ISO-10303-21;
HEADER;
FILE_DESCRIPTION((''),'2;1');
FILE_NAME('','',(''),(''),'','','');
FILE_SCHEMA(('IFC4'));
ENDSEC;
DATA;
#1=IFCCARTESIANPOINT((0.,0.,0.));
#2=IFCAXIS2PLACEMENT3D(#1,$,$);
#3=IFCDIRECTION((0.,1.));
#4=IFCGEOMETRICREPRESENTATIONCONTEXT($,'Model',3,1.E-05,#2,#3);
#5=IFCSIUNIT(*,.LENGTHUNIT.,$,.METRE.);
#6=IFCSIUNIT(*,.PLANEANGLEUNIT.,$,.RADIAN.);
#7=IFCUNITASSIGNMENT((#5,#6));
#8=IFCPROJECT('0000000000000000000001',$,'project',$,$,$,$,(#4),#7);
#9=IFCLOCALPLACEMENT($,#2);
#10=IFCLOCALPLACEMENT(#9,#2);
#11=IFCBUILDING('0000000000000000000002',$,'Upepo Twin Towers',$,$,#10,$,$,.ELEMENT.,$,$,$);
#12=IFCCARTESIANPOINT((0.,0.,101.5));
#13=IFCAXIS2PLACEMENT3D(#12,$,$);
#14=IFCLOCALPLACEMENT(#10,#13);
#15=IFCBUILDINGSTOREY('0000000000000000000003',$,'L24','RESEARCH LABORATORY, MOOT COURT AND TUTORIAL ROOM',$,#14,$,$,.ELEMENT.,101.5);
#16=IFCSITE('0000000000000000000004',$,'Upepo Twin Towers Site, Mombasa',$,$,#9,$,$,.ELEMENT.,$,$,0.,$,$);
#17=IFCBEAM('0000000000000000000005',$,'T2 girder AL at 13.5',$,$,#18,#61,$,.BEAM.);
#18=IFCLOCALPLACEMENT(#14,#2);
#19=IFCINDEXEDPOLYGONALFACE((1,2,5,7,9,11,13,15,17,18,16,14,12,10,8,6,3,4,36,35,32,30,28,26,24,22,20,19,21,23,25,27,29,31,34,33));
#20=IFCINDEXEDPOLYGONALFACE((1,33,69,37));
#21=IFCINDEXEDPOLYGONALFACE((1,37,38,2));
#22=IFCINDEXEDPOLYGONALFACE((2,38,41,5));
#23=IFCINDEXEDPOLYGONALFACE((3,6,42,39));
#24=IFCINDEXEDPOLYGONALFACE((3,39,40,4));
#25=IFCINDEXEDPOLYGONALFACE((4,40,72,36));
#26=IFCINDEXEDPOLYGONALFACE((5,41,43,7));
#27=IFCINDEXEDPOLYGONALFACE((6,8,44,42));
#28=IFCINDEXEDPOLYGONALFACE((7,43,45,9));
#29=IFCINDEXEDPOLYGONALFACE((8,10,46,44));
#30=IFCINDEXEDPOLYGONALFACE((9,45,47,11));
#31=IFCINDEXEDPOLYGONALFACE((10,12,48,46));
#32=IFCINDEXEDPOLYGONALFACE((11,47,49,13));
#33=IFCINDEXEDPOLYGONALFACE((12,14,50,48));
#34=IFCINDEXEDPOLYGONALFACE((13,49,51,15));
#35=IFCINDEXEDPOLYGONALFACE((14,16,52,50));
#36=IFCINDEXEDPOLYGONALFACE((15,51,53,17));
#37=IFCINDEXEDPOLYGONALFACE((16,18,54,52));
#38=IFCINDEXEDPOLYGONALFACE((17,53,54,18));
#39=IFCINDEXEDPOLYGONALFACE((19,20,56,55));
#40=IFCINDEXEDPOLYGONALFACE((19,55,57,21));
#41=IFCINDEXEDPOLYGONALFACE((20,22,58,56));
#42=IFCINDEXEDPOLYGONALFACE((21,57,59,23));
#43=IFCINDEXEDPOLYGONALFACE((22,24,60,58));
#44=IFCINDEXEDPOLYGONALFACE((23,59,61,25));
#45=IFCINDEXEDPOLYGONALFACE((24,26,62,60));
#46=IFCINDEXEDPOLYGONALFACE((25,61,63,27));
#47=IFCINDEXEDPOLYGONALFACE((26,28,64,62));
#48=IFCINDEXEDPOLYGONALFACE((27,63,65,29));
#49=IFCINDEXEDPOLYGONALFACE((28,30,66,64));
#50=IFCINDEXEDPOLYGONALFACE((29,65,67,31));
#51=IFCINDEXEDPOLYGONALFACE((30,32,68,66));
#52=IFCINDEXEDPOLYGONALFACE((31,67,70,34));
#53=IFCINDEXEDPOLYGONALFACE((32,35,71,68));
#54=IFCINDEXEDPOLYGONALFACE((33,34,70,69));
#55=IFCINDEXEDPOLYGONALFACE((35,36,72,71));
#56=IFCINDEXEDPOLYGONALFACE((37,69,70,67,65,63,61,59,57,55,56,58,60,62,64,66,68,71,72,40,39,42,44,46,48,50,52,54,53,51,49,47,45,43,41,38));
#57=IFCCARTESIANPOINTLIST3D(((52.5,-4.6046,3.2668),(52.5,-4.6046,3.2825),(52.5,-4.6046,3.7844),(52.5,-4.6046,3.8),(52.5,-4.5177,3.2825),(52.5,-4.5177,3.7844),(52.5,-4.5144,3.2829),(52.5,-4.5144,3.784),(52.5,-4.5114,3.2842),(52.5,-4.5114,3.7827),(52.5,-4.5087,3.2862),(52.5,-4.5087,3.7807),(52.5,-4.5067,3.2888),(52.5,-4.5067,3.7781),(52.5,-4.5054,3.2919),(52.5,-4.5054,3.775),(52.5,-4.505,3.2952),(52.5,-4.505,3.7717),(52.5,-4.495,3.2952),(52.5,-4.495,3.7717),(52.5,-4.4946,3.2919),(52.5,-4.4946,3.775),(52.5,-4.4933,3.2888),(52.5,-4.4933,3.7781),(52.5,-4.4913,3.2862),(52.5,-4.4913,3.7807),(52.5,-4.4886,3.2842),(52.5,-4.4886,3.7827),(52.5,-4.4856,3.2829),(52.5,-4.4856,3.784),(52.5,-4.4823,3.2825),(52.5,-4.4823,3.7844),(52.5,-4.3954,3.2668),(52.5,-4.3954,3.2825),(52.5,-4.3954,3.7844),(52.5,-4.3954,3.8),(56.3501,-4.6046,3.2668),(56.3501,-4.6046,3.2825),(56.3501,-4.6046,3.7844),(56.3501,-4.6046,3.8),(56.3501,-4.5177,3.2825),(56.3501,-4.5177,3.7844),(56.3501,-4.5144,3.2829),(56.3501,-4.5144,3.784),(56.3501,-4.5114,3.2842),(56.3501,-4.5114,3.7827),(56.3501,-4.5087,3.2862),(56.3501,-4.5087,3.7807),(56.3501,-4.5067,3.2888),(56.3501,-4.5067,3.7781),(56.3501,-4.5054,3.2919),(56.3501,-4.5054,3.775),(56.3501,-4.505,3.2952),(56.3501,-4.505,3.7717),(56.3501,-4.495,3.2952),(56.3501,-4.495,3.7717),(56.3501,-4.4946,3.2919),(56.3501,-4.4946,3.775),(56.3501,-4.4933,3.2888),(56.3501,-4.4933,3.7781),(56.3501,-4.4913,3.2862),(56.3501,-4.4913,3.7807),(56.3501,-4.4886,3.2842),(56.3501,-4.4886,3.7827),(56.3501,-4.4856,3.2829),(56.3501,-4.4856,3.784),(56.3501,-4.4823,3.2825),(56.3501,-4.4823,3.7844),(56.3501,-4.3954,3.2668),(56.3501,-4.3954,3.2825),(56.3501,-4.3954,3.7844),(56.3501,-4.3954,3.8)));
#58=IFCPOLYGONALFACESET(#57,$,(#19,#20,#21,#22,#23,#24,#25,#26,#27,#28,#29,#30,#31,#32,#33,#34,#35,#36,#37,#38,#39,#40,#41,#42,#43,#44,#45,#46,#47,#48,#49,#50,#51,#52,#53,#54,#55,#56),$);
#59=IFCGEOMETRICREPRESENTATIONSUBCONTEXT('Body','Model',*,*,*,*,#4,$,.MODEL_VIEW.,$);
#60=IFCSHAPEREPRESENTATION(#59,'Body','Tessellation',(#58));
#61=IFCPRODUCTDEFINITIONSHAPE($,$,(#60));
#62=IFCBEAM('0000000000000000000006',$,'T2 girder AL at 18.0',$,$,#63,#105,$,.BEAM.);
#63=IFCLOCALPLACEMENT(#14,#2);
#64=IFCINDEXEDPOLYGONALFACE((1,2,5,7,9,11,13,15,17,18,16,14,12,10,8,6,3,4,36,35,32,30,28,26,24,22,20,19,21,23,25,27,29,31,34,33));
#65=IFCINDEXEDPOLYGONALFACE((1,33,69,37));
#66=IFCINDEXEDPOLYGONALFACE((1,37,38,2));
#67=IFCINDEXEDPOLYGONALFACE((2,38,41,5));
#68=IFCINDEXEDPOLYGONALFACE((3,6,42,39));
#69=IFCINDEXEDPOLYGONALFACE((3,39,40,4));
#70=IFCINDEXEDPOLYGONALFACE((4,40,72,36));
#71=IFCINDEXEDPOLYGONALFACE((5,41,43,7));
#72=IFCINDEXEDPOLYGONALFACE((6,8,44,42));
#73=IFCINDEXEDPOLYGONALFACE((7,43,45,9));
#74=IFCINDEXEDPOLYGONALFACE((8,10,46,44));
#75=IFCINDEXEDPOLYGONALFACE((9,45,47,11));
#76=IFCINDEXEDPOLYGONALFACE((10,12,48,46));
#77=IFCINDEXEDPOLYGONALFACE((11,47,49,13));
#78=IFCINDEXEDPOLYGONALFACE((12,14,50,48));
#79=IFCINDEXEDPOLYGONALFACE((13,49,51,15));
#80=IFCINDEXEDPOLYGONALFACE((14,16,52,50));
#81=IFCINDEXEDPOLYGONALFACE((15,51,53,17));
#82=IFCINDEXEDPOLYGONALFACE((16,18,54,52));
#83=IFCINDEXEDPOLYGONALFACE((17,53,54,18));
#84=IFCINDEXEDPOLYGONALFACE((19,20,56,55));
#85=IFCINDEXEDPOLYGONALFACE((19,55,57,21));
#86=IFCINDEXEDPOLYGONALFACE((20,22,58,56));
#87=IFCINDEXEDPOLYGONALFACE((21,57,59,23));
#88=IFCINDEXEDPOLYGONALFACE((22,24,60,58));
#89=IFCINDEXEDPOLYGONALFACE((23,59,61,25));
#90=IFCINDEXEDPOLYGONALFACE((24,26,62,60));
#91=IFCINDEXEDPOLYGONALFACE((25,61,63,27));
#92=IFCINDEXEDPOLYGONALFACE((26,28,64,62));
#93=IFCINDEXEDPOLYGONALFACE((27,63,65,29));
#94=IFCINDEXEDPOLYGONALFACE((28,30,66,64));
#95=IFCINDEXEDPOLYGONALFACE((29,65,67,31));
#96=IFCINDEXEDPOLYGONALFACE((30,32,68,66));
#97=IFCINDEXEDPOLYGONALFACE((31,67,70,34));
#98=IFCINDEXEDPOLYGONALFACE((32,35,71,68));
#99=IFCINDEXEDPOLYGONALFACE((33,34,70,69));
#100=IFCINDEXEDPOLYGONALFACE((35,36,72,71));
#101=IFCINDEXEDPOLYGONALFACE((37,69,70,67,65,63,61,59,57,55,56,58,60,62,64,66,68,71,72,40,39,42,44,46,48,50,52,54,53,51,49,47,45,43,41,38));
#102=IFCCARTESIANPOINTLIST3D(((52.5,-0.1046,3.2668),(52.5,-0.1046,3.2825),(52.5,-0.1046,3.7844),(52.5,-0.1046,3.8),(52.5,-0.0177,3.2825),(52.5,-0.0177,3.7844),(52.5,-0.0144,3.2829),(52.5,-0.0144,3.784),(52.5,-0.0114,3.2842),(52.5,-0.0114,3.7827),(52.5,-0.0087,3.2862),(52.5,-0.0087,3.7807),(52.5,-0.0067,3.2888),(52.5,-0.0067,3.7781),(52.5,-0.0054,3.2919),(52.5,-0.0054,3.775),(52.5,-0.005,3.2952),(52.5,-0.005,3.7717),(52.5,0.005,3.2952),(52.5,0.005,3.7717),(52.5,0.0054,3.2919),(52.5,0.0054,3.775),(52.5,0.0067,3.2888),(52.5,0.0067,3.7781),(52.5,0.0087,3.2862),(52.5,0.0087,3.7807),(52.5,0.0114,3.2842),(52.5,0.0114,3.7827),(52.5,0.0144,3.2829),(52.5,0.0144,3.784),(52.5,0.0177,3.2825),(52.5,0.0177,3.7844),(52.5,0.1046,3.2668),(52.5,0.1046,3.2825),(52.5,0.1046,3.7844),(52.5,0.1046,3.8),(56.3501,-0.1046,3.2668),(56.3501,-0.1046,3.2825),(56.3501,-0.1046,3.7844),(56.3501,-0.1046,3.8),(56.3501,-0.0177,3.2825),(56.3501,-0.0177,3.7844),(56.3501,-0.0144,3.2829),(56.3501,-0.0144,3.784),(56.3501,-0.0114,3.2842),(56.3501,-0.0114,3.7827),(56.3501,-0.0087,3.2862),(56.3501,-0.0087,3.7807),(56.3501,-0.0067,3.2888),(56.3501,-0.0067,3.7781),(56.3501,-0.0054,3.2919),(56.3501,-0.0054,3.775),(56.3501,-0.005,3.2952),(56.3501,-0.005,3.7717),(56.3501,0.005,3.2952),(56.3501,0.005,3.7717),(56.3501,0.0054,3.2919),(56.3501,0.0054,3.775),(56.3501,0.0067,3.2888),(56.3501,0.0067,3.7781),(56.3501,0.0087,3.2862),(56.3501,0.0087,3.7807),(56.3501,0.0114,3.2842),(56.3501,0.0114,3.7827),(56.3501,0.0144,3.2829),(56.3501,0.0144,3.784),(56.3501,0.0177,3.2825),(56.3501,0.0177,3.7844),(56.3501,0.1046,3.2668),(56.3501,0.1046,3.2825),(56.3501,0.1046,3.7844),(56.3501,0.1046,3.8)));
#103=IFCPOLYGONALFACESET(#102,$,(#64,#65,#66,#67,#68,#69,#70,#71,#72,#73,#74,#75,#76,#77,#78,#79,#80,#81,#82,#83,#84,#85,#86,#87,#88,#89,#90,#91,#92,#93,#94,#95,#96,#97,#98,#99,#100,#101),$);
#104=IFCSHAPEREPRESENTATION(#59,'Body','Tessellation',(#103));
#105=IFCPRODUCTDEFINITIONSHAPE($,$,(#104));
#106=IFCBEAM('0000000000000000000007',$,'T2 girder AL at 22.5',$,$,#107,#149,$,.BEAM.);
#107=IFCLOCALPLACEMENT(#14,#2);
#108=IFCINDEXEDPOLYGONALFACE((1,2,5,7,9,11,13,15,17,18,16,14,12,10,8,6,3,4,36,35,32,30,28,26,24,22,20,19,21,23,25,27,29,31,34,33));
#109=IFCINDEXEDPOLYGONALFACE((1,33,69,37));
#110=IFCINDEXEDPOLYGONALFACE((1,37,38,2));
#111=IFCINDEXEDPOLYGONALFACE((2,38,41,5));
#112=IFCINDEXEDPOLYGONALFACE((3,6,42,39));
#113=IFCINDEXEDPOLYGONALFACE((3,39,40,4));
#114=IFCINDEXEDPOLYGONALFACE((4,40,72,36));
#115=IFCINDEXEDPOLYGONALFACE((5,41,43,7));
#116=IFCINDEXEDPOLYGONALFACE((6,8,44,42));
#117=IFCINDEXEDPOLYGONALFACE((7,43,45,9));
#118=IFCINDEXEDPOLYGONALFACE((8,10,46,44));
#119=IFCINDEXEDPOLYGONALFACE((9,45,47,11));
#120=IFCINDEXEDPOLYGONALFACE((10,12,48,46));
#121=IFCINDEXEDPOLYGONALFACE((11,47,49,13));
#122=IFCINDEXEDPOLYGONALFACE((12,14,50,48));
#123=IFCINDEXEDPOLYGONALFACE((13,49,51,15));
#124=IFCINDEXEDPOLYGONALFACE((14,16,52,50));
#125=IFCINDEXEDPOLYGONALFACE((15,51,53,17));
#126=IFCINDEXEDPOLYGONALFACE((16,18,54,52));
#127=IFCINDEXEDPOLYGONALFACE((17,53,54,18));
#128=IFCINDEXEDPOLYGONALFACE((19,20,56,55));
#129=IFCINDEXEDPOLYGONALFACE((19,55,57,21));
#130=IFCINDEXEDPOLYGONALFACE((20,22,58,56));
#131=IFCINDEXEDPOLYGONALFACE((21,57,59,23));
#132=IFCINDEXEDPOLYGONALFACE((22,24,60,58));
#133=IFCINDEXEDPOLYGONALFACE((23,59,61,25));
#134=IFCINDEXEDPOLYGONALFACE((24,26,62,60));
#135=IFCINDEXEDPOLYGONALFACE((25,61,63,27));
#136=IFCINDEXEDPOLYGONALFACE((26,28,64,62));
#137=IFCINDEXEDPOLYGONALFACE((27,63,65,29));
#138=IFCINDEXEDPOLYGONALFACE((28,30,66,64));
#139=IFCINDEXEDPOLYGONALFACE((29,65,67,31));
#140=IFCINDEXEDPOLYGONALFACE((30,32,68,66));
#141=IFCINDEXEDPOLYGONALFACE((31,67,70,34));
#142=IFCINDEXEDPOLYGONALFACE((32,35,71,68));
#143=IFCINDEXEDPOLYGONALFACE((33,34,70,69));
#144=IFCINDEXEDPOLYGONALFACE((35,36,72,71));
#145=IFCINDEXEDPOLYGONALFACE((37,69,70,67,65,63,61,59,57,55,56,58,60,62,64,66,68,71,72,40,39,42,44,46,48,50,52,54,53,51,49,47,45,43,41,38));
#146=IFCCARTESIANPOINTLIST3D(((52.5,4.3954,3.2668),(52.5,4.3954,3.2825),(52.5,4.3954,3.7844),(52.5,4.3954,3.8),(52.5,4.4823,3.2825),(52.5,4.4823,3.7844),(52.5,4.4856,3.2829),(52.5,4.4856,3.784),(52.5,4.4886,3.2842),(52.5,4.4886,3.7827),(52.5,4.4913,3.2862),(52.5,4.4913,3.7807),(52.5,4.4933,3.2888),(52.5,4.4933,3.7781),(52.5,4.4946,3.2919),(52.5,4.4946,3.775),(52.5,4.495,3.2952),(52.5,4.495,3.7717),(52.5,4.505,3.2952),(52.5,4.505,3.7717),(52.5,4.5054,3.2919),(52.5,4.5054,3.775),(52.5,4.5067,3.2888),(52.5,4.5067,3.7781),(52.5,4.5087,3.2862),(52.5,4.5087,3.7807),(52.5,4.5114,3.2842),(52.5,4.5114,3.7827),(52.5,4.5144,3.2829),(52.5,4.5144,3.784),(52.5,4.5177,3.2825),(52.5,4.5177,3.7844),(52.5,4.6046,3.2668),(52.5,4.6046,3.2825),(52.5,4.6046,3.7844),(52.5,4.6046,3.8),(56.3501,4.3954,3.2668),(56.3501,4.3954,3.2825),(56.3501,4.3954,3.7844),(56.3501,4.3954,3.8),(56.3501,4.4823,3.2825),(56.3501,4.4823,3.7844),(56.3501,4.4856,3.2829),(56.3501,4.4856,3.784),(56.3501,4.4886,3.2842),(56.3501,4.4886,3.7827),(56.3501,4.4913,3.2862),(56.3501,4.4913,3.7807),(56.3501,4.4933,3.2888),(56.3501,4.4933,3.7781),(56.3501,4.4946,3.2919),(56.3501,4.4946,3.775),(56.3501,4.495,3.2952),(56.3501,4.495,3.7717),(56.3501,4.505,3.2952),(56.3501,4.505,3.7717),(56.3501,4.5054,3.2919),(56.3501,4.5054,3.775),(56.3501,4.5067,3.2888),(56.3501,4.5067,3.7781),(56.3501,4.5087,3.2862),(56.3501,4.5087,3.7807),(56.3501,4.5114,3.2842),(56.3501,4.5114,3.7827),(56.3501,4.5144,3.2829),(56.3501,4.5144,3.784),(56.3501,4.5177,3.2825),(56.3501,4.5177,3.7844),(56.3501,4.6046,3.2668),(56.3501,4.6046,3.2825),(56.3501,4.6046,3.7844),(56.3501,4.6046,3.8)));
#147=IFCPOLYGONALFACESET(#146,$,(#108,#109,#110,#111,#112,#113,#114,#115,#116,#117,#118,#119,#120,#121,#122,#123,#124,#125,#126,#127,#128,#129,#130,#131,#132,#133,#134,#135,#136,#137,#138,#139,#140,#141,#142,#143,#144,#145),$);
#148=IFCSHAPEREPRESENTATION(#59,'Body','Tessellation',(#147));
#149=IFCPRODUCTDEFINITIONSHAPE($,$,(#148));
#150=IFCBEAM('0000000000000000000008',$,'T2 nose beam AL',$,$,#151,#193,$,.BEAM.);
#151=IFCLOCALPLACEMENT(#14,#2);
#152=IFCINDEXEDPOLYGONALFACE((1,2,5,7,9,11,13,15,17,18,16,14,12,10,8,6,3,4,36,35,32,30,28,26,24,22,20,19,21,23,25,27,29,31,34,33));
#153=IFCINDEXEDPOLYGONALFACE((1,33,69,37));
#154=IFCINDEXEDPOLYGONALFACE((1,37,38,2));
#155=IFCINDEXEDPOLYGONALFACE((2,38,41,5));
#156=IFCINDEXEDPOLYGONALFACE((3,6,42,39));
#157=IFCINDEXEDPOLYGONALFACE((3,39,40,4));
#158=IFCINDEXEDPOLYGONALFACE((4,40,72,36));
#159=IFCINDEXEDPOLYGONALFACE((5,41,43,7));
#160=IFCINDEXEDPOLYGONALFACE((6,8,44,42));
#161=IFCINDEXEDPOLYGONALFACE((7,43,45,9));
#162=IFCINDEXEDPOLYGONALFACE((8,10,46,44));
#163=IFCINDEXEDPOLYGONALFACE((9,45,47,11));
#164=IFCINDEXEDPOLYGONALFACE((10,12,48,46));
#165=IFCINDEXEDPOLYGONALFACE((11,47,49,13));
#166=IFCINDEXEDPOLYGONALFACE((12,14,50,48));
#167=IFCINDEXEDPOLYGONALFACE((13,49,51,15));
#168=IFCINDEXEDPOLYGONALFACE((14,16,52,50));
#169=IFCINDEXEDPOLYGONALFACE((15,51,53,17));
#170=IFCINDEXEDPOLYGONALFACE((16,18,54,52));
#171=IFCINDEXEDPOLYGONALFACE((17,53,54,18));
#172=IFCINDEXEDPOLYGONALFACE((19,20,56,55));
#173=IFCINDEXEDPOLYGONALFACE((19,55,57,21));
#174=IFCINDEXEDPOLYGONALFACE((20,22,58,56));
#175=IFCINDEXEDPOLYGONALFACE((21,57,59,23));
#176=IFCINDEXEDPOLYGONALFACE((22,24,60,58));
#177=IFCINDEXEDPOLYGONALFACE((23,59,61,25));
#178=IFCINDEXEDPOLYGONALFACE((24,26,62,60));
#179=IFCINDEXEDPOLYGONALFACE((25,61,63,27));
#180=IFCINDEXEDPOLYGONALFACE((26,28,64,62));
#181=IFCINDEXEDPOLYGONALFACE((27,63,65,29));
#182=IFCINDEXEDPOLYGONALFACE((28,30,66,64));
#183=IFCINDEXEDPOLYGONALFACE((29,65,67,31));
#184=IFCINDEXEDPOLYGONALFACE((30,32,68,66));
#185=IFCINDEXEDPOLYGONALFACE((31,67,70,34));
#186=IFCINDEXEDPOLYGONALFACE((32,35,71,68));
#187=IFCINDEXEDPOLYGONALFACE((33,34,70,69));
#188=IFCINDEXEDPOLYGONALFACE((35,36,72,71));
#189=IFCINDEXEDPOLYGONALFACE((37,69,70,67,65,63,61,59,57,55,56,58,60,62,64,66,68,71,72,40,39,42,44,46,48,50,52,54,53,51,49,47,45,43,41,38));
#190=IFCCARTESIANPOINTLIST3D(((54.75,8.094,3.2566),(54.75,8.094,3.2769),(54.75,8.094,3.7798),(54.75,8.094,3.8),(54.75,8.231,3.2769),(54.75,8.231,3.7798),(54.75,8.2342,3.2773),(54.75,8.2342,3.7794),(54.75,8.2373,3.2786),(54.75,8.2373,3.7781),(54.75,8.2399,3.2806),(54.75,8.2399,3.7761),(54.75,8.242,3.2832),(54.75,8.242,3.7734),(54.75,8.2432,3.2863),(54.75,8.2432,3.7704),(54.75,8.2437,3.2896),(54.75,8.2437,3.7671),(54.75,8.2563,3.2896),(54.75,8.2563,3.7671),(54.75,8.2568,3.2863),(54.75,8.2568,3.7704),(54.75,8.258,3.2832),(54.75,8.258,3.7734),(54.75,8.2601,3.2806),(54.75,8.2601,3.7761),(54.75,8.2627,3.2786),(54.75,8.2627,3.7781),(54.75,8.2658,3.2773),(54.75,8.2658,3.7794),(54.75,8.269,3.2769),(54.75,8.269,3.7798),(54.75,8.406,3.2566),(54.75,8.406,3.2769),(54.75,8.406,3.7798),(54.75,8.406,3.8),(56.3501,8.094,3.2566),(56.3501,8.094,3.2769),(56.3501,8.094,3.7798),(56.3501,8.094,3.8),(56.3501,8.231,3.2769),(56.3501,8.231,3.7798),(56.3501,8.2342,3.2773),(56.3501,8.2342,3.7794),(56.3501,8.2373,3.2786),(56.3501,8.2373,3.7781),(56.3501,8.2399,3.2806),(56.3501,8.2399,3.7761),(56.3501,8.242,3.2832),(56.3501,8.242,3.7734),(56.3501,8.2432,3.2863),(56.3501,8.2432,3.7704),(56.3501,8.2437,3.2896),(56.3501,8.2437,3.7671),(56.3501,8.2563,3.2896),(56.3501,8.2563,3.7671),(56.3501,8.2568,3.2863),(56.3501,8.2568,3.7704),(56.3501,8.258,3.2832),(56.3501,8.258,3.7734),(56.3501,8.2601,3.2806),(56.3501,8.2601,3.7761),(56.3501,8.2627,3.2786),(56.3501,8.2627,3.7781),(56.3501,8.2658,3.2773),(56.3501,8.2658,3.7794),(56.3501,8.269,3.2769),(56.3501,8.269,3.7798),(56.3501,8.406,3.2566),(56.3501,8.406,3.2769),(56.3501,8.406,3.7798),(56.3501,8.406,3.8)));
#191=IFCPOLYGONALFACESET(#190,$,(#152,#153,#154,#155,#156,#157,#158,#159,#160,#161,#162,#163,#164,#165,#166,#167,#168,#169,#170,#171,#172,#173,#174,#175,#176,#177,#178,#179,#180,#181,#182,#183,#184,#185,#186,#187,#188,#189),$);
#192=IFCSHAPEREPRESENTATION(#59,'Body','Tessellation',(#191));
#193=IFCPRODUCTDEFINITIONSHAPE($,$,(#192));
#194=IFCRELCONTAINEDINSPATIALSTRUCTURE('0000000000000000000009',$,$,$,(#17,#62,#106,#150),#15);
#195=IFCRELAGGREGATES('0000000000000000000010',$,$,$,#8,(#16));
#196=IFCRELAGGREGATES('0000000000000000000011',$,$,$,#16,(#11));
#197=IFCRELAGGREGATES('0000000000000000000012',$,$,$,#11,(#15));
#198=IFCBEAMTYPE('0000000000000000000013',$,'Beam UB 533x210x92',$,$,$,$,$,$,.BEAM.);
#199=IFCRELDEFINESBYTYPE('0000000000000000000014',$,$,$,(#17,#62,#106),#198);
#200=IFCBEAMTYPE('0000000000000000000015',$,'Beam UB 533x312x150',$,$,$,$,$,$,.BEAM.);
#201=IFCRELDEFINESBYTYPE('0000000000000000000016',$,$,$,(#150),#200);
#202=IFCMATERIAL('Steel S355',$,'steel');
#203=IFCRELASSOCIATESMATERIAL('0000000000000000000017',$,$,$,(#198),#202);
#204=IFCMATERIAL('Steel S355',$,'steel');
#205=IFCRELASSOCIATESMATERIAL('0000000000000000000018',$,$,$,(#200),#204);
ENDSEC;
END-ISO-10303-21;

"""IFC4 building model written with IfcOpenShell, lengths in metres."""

from ifc_helpers import new_model, si_unit, direction, frame, origin, origin_2d, place, context, subcontext, project, spatial, i_section, extrude, material, material_profile, profile_set, type_object, element, save


model = new_model("IFC4")

# Units and contexts
model_context = context("Model", 3, precision=1e-05, world=origin(), true_north=direction((0.0, 1.0)))
body_context = subcontext(model_context, "Body", "Model", "MODEL_VIEW")
ifc_project = project(units=[si_unit("LENGTHUNIT", "METRE"), si_unit("PLANEANGLEUNIT", "RADIAN")], contexts=[model_context])

# Site, building, storey
site_placement = place(None, origin())
site = spatial("IfcSite", under=ifc_project, at=site_placement, Name="Upepo Twin Towers Site, Mombasa", CompositionType="ELEMENT", RefElevation=0.0)
building_placement = place(site_placement, origin())
building = spatial("IfcBuilding", under=site, at=building_placement, Name="Upepo Twin Towers", CompositionType="ELEMENT")
storey_placement = place(building_placement, frame((0.0, 0.0, 101.5)))
storey = spatial("IfcBuildingStorey", under=building, at=storey_placement, Name="L24", Description="RESEARCH LABORATORY, MOOT COURT AND TUTORIAL ROOM", CompositionType="ELEMENT", Elevation=101.5)

# Beams
ifc_material_1 = material(Name="Steel S355", Category="steel")
ifc_material_profile_1 = material_profile(ifc_material_1, i_section(OverallWidth=0.2092, OverallDepth=0.5332, WebThickness=0.01, FlangeThickness=0.0156, FilletRadius=0.0127, at=origin_2d()), Name="UB 533x210x92")
ifc_profile_set_1 = profile_set([ifc_material_profile_1], Name="Steel S355")
beam_type_1 = type_object("IfcBeamType", Name="Beam UB 533x210x92", PredefinedType="BEAM", material=ifc_profile_set_1)
for number, where, z_axis, x_axis, name in (
    (1, (52.5, -4.5, 3.5334), (1.0, 0.0, 0.0), (0.0, 1.0, 0.0), "T2 girder AL at 13.5"),
    (2, (52.5, 0.0, 3.5334), (1.0, 0.0, 0.0), (0.0, 1.0, 0.0), "T2 girder AL at 18.0"),
    (3, (52.5, 4.5, 3.5334), (1.0, 0.0, 0.0), (0.0, 1.0, 0.0), "T2 girder AL at 22.5"),
):
    element("IfcBeam", number, at=place(storey_placement, frame(where, z_axis=z_axis, x_axis=x_axis)), inside=storey, type_object=beam_type_1, Name=name, PredefinedType="BEAM", context=body_context, shape_type="SweptSolid", body=[
        extrude(i_section(OverallWidth=0.2092, OverallDepth=0.5332, WebThickness=0.01, FlangeThickness=0.0156, FilletRadius=0.0127, at=origin_2d()), origin(), (0.0, 0.0, 1.0), 3.8501),
    ])
ifc_material_2 = material(Name="Steel S355", Category="steel")
ifc_material_profile_2 = material_profile(ifc_material_2, i_section(OverallWidth=0.312, OverallDepth=0.5435, WebThickness=0.0127, FlangeThickness=0.0203, FilletRadius=0.0127, at=origin_2d()), Name="UB 533x312x150")
ifc_profile_set_2 = profile_set([ifc_material_profile_2], Name="Steel S355")
beam_type_2 = type_object("IfcBeamType", Name="Beam UB 533x312x150", PredefinedType="BEAM", material=ifc_profile_set_2)
beam_1_placement = place(storey_placement, frame((54.75, 8.25, 3.5283), z_axis=(1.0, 0.0, 0.0), x_axis=(0.0, 1.0, 0.0)))
element("IfcBeam", 4, at=beam_1_placement, inside=storey, type_object=beam_type_2, Name="T2 nose beam AL", PredefinedType="BEAM", context=body_context, shape_type="SweptSolid", body=[
    extrude(i_section(OverallWidth=0.312, OverallDepth=0.5435, WebThickness=0.0127, FlangeThickness=0.0203, FilletRadius=0.0127, at=origin_2d()), origin(), (0.0, 0.0, 1.0), 1.6001),
])

save(model, "model.ifc")
